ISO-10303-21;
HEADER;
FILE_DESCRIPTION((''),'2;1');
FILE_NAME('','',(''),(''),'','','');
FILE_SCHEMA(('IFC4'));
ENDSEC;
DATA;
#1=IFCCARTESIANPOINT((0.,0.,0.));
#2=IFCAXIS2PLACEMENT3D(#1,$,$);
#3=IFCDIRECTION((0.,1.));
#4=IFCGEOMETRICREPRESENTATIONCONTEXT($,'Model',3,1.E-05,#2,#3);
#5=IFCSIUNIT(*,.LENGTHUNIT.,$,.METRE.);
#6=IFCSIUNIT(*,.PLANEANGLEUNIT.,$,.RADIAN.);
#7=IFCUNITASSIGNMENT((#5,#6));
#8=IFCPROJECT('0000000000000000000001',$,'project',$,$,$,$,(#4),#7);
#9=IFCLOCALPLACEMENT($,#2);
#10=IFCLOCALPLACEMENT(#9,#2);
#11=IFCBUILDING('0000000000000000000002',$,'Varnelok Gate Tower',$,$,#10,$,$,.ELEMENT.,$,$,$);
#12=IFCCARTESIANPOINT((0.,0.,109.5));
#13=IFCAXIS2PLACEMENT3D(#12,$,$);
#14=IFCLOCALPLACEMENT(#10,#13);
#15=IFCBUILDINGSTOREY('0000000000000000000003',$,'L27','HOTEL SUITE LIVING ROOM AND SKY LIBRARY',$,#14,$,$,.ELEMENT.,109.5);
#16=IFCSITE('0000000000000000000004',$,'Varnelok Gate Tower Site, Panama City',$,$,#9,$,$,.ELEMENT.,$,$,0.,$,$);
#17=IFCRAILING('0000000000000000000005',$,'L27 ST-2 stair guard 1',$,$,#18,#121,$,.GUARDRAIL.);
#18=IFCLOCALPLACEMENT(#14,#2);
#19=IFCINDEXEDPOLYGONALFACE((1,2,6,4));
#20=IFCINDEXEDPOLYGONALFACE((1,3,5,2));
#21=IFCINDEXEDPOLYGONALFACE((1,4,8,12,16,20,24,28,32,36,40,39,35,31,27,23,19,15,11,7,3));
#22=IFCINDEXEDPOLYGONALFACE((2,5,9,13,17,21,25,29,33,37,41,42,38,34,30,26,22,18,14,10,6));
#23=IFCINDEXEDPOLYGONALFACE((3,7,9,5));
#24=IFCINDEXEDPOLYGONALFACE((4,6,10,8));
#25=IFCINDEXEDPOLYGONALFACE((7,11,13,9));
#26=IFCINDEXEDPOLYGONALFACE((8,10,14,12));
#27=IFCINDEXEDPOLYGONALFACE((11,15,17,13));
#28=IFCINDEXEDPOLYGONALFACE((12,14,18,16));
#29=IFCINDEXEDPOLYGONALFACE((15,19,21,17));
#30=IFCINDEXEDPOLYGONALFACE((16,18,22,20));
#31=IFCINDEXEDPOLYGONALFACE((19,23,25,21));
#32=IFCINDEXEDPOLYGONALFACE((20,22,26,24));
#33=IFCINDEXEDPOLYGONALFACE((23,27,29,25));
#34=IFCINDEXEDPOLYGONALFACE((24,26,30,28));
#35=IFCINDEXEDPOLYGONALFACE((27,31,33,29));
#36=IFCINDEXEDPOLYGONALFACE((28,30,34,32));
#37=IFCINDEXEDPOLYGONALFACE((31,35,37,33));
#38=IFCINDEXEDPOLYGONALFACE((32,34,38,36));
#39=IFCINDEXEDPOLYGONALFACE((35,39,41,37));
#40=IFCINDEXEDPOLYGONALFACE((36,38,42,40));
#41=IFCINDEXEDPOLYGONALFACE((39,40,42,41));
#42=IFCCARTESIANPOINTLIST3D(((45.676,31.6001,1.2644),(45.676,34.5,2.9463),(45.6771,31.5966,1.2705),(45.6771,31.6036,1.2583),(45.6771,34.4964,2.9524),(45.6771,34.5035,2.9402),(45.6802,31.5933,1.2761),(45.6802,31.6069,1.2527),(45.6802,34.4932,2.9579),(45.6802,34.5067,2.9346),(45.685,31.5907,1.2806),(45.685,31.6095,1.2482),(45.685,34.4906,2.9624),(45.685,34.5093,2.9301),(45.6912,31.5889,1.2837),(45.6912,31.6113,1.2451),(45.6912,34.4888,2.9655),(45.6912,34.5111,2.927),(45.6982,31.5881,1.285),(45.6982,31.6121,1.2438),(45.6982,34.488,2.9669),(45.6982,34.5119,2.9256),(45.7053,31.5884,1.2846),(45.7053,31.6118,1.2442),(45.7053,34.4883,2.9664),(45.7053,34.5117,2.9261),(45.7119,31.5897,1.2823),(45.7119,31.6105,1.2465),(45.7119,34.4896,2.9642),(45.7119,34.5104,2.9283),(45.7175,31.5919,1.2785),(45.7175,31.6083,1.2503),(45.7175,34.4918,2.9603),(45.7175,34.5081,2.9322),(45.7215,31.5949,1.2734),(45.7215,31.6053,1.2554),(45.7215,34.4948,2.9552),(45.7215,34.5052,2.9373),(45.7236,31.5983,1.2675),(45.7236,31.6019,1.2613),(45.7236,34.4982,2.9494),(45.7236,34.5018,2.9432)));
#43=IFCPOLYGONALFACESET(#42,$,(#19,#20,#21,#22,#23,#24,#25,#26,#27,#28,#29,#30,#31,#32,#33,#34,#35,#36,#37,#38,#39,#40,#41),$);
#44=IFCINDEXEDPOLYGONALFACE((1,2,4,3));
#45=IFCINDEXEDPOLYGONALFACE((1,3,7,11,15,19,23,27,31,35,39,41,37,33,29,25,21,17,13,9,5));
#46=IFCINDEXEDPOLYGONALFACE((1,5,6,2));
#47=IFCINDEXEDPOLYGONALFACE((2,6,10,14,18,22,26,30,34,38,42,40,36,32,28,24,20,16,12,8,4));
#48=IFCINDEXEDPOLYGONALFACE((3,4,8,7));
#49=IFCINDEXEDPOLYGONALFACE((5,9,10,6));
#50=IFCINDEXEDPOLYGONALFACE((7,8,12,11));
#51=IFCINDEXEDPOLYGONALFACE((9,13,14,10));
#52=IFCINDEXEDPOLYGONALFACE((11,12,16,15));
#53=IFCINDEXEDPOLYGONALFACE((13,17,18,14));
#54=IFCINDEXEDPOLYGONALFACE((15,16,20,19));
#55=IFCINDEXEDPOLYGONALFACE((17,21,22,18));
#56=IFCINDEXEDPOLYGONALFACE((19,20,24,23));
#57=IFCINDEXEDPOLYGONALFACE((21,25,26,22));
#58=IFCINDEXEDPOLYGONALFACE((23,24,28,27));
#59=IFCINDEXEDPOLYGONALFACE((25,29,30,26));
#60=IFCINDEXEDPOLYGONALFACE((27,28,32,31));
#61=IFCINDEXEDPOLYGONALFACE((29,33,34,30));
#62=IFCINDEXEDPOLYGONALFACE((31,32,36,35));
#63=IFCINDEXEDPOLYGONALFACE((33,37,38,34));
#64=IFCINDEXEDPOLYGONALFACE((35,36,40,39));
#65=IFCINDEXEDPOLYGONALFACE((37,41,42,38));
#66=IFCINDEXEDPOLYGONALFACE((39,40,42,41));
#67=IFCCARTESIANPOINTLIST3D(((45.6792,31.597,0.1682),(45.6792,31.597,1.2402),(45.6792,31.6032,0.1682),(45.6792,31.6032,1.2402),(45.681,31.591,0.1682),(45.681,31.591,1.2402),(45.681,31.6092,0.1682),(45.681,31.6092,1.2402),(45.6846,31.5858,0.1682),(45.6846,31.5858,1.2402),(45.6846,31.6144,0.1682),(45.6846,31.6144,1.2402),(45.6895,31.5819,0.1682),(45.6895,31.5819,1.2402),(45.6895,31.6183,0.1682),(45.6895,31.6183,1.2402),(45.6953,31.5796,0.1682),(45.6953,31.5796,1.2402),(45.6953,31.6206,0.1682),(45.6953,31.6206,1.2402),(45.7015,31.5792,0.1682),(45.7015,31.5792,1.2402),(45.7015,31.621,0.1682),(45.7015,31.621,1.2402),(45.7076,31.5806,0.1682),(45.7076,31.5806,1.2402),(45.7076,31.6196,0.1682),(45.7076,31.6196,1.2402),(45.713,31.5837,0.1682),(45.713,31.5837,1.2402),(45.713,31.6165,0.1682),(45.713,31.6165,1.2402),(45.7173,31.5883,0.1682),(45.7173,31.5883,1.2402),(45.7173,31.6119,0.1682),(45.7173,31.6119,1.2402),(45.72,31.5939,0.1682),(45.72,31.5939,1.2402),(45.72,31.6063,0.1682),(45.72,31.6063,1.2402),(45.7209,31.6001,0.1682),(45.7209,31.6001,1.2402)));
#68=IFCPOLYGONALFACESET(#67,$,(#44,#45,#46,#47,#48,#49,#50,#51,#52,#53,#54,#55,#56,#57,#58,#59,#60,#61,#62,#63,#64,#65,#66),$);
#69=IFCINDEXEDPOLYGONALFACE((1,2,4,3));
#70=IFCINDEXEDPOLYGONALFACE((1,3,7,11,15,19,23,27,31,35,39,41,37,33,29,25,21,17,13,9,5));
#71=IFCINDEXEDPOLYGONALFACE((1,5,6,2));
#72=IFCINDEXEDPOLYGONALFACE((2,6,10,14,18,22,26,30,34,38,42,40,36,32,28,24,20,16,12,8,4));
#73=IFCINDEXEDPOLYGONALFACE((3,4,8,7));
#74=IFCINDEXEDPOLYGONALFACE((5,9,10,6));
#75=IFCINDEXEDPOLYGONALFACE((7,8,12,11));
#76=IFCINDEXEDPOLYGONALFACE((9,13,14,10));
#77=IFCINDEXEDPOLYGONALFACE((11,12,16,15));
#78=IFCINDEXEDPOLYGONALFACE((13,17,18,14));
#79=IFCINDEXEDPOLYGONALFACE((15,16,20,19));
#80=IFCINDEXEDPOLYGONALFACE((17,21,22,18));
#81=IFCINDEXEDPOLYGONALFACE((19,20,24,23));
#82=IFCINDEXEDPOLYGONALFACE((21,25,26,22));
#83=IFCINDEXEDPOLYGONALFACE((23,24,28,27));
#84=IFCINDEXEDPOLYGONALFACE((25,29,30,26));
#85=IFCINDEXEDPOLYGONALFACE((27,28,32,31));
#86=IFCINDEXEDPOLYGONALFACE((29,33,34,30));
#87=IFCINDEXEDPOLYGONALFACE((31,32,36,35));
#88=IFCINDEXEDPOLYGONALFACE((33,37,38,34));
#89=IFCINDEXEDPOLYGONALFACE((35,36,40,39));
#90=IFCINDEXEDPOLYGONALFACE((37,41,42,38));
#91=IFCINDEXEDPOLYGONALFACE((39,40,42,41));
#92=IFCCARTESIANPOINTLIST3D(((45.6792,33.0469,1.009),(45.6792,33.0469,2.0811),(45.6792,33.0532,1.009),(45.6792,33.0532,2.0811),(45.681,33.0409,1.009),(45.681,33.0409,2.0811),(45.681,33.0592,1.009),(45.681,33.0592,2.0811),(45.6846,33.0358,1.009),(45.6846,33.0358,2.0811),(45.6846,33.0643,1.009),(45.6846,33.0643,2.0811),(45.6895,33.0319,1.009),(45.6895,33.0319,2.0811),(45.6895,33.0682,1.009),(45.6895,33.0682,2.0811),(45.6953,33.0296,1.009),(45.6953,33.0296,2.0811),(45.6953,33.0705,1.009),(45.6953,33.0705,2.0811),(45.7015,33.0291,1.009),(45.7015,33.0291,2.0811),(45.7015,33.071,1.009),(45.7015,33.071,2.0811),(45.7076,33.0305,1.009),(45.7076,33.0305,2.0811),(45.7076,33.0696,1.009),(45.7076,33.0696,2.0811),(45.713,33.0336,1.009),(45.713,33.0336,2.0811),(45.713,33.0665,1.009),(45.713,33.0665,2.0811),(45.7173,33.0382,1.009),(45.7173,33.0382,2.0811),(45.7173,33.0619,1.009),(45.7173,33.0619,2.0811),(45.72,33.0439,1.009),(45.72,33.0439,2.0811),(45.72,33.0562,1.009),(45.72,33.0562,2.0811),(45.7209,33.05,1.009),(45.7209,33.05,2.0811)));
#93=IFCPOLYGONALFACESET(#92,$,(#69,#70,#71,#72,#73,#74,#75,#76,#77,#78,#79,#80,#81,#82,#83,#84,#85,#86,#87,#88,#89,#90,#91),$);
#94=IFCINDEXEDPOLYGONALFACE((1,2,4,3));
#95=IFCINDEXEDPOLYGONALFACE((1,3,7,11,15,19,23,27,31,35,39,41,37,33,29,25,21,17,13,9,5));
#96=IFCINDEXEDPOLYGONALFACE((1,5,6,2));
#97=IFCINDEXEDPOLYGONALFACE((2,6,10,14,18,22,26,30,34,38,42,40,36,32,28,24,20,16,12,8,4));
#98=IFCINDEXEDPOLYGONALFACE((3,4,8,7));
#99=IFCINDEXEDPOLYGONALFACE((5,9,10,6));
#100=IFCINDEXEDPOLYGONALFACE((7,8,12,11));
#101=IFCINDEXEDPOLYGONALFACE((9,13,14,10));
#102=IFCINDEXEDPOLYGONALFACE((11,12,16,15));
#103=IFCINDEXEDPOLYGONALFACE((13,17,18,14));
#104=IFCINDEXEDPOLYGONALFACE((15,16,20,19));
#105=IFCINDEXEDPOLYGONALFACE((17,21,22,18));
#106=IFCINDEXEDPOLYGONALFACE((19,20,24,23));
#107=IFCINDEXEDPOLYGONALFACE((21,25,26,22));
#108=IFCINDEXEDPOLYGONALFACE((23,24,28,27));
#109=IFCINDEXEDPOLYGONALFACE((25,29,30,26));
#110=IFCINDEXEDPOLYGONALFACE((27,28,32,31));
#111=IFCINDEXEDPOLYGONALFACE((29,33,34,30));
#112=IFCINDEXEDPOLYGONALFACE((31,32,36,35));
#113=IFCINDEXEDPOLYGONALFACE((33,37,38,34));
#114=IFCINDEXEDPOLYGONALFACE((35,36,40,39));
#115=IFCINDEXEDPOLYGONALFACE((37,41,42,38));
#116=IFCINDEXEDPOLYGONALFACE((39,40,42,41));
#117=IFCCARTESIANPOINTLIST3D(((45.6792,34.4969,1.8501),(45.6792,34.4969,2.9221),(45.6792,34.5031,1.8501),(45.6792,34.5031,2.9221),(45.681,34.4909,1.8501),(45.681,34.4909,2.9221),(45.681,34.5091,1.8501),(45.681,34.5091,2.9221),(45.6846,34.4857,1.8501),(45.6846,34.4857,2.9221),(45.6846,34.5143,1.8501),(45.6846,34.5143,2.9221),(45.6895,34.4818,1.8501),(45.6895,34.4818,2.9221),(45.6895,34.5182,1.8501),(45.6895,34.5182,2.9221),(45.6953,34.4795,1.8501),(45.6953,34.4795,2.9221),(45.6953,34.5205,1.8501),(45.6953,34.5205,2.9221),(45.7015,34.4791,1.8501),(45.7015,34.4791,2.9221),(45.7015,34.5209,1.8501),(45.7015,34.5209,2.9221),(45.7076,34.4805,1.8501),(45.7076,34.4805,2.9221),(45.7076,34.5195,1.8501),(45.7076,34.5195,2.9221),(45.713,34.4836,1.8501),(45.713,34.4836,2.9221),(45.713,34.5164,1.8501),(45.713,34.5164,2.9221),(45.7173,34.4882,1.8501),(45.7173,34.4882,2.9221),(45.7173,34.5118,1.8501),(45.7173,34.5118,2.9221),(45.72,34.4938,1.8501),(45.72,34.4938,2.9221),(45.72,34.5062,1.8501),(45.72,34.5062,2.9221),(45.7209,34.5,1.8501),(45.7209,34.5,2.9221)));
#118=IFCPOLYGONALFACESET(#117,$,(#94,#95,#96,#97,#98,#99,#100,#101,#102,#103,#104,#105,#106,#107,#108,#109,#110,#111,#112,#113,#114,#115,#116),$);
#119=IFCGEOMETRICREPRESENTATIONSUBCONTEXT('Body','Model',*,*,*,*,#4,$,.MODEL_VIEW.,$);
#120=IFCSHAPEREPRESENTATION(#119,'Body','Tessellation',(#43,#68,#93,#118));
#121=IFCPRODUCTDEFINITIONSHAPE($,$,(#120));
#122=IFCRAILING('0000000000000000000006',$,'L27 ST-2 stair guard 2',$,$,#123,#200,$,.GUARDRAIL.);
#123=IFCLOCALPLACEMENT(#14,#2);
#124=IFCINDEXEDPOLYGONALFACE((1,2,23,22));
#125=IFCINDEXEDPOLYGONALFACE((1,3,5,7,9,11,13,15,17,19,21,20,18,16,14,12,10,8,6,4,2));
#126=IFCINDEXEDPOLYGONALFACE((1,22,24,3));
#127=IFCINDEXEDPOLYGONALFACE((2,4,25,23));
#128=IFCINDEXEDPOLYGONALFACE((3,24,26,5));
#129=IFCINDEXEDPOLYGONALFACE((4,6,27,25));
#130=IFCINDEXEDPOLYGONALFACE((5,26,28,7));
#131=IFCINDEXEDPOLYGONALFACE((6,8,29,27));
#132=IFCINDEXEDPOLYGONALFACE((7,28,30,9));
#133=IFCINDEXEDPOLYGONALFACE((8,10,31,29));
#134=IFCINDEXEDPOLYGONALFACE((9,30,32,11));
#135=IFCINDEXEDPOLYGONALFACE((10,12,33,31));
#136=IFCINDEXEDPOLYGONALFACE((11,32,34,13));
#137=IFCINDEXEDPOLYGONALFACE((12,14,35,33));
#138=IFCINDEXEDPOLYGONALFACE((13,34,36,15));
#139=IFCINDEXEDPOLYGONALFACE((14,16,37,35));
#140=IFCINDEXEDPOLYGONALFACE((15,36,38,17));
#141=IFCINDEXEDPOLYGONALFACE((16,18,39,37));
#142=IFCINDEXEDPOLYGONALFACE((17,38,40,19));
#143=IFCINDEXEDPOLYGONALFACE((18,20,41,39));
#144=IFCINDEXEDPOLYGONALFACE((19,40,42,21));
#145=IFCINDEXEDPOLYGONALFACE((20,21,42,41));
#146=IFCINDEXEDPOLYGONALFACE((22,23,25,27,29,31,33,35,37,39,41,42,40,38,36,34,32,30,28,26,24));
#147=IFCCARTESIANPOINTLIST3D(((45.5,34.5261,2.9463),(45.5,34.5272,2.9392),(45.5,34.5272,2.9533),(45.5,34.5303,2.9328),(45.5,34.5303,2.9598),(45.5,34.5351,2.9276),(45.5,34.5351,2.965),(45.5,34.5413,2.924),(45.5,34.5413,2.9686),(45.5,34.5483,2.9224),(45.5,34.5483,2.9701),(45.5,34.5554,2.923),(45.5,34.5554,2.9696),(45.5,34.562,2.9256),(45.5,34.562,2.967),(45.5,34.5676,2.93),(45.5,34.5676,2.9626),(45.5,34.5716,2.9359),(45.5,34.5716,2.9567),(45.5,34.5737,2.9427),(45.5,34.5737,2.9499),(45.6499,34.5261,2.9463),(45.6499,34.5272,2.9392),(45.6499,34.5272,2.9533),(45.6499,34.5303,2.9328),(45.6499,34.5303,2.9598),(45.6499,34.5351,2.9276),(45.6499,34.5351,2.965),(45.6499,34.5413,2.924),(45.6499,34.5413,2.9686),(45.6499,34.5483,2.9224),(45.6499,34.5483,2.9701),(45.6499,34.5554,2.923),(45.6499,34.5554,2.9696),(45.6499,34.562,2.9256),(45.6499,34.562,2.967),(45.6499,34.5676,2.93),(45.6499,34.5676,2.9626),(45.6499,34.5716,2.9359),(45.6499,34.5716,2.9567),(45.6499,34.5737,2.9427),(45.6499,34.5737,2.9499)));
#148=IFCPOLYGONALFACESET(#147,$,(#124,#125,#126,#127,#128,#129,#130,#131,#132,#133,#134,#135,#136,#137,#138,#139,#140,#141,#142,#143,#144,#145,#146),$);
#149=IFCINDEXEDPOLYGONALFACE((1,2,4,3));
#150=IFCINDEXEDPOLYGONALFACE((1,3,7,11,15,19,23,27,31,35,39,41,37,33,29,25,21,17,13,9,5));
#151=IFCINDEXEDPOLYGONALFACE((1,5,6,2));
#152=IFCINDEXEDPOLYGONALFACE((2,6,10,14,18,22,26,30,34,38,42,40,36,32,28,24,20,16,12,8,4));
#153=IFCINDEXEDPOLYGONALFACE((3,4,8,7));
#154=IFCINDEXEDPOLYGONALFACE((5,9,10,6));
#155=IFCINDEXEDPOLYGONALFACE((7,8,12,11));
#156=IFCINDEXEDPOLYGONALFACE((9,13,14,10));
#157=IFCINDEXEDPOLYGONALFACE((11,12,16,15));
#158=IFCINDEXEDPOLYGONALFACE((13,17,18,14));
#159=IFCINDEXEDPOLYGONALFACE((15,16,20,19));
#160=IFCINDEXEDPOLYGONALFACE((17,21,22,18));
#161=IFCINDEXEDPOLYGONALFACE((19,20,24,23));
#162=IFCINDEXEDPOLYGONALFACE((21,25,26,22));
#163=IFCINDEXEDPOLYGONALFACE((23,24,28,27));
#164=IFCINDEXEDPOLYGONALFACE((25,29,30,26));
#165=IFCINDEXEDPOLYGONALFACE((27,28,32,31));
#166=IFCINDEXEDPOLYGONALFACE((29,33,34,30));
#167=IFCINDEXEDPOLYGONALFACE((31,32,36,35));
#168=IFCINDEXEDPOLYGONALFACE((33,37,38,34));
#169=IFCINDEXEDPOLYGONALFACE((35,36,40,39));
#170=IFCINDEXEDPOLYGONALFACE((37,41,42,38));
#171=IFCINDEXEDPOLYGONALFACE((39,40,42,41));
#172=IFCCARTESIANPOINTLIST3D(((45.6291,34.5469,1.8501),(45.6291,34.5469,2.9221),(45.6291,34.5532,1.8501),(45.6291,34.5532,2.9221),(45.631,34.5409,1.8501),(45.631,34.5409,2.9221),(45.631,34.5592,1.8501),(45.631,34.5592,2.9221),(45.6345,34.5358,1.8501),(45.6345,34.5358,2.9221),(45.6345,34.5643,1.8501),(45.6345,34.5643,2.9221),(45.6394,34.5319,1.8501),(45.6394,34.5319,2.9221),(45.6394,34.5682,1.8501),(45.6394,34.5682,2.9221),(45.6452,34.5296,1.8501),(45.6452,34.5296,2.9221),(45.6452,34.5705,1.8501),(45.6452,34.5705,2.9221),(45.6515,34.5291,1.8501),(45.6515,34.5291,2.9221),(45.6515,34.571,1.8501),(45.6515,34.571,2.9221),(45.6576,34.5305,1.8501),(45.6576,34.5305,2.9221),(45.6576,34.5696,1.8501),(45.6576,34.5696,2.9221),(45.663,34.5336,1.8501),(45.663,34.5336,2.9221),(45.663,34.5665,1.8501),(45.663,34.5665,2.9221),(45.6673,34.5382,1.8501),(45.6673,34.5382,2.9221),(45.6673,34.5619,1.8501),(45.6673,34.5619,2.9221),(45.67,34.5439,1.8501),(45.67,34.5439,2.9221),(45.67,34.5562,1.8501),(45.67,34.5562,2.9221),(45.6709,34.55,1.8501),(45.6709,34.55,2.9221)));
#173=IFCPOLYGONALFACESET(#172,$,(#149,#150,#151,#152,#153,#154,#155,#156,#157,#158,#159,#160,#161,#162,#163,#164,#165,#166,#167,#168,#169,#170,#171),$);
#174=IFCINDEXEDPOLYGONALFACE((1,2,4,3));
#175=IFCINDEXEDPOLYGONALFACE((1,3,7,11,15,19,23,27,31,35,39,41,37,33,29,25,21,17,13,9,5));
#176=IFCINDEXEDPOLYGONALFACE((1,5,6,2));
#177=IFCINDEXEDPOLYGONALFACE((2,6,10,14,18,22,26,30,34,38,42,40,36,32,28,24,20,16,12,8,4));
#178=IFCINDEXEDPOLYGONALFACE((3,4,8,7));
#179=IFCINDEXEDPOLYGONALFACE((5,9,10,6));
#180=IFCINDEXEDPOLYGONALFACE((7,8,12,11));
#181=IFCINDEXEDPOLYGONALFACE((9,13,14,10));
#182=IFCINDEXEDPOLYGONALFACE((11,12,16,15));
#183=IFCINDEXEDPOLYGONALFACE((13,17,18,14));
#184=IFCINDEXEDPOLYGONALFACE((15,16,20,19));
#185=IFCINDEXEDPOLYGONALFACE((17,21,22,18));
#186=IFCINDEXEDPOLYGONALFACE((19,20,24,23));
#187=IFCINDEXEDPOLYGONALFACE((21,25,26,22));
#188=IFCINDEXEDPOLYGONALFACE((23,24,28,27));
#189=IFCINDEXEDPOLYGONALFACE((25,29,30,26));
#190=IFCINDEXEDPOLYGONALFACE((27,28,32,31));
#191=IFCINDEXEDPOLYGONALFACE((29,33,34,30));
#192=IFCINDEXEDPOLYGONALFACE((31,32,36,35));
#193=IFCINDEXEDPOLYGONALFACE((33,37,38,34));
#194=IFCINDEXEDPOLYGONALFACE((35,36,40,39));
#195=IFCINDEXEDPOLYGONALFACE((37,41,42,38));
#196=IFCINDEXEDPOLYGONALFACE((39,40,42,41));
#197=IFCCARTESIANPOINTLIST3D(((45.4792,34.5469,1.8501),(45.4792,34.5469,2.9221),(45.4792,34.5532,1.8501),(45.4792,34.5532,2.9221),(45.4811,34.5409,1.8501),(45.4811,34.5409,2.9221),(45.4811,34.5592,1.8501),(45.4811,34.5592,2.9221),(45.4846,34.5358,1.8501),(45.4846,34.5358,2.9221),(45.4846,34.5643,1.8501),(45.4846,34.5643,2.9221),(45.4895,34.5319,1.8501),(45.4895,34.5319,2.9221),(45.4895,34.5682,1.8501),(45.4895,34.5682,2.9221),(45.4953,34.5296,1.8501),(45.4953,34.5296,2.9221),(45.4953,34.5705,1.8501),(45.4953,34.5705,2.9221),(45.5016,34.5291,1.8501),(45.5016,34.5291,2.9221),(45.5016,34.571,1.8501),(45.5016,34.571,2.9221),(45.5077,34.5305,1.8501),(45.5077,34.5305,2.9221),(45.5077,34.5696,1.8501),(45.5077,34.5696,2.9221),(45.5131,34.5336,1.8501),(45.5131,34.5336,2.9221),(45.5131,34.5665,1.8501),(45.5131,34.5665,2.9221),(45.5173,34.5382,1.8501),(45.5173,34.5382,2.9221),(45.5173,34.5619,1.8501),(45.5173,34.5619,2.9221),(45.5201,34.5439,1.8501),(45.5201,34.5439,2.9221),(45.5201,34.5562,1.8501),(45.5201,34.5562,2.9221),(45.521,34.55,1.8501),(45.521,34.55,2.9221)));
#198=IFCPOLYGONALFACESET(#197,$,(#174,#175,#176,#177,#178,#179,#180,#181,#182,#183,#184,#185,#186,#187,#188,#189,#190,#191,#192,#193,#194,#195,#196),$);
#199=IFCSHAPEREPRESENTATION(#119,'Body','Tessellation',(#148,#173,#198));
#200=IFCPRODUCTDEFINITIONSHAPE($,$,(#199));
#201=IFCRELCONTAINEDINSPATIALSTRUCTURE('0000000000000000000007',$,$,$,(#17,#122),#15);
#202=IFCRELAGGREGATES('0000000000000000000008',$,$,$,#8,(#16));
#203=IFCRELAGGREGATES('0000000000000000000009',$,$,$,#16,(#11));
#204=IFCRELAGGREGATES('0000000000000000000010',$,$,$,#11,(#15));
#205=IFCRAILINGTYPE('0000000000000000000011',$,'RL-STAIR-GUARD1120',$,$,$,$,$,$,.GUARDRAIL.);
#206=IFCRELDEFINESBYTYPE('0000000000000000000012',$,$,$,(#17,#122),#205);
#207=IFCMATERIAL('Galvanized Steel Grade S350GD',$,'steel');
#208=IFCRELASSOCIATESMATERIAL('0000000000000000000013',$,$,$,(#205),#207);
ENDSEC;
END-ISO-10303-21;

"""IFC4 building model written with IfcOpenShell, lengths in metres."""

from ifc_helpers import new_model, si_unit, direction, frame, origin, origin_2d, place, context, subcontext, project, spatial, circle, extrude, material, type_object, element, save


model = new_model("IFC4")

# Units and contexts
model_context = context("Model", 3, precision=1e-05, world=origin(), true_north=direction((0.0, 1.0)))
body_context = subcontext(model_context, "Body", "Model", "MODEL_VIEW")
ifc_project = project(units=[si_unit("LENGTHUNIT", "METRE"), si_unit("PLANEANGLEUNIT", "RADIAN")], contexts=[model_context])

# Site, building, storey
site_placement = place(None, origin())
site = spatial("IfcSite", under=ifc_project, at=site_placement, Name="Varnelok Gate Tower Site, Panama City", CompositionType="ELEMENT", RefElevation=0.0)
building_placement = place(site_placement, origin())
building = spatial("IfcBuilding", under=site, at=building_placement, Name="Varnelok Gate Tower", CompositionType="ELEMENT")
storey_placement = place(building_placement, frame((0.0, 0.0, 109.5)))
storey = spatial("IfcBuildingStorey", under=building, at=storey_placement, Name="L27", Description="HOTEL SUITE LIVING ROOM AND SKY LIBRARY", CompositionType="ELEMENT", Elevation=109.5)

# Shared definitions
ifc_material_1 = material(Name="Galvanized Steel Grade S350GD", Category="steel")

# Railings
railing_type_1 = type_object("IfcRailingType", Name="RL-STAIR-GUARD1120", PredefinedType="GUARDRAIL", material=ifc_material_1)
railing_1_placement = place(storey_placement, frame((45.7, 31.6001, 0.1682)))
element("IfcRailing", 1, at=railing_1_placement, inside=storey, type_object=railing_type_1, Name="L27 ST-2 stair guard 1", PredefinedType="GUARDRAIL", context=body_context, shape_type="SweptSolid", body=[
    extrude(circle(Radius=0.0239, at=origin_2d()), frame((0.0, 0.0, 1.0962), z_axis=(0.0, 0.865039, 0.501705), x_axis=(-1.0, 0.0, 0.0)), (0.0, 0.0, 1.0), 3.3523),
    extrude(circle(Radius=0.021, at=origin_2d()), origin(), (0.0, 0.0, 1.0), 1.072),
    extrude(circle(Radius=0.021, at=origin_2d()), frame((0.0, 1.45, 0.8408)), (0.0, 0.0, 1.0), 1.072),
    extrude(circle(Radius=0.021, at=origin_2d()), frame((0.0, 2.8999, 1.6819)), (0.0, 0.0, 1.0), 1.072),
])
railing_2_placement = place(storey_placement, frame((45.6499, 34.55, 1.8501)))
element("IfcRailing", 2, at=railing_2_placement, inside=storey, type_object=railing_type_1, Name="L27 ST-2 stair guard 2", PredefinedType="GUARDRAIL", context=body_context, shape_type="SweptSolid", body=[
    extrude(circle(Radius=0.0239, at=origin_2d()), frame((0.0, 0.0, 1.0962), z_axis=(-1.0, 0.0, 0.0), x_axis=(0.0, -1.0, 0.0)), (0.0, 0.0, 1.0), 0.1499),
    extrude(circle(Radius=0.021, at=origin_2d()), origin(), (0.0, 0.0, 1.0), 1.072),
    extrude(circle(Radius=0.021, at=origin_2d()), frame((-0.1499, 0.0, 0.0)), (0.0, 0.0, 1.0), 1.072),
])

save(model, "model.ifc")
